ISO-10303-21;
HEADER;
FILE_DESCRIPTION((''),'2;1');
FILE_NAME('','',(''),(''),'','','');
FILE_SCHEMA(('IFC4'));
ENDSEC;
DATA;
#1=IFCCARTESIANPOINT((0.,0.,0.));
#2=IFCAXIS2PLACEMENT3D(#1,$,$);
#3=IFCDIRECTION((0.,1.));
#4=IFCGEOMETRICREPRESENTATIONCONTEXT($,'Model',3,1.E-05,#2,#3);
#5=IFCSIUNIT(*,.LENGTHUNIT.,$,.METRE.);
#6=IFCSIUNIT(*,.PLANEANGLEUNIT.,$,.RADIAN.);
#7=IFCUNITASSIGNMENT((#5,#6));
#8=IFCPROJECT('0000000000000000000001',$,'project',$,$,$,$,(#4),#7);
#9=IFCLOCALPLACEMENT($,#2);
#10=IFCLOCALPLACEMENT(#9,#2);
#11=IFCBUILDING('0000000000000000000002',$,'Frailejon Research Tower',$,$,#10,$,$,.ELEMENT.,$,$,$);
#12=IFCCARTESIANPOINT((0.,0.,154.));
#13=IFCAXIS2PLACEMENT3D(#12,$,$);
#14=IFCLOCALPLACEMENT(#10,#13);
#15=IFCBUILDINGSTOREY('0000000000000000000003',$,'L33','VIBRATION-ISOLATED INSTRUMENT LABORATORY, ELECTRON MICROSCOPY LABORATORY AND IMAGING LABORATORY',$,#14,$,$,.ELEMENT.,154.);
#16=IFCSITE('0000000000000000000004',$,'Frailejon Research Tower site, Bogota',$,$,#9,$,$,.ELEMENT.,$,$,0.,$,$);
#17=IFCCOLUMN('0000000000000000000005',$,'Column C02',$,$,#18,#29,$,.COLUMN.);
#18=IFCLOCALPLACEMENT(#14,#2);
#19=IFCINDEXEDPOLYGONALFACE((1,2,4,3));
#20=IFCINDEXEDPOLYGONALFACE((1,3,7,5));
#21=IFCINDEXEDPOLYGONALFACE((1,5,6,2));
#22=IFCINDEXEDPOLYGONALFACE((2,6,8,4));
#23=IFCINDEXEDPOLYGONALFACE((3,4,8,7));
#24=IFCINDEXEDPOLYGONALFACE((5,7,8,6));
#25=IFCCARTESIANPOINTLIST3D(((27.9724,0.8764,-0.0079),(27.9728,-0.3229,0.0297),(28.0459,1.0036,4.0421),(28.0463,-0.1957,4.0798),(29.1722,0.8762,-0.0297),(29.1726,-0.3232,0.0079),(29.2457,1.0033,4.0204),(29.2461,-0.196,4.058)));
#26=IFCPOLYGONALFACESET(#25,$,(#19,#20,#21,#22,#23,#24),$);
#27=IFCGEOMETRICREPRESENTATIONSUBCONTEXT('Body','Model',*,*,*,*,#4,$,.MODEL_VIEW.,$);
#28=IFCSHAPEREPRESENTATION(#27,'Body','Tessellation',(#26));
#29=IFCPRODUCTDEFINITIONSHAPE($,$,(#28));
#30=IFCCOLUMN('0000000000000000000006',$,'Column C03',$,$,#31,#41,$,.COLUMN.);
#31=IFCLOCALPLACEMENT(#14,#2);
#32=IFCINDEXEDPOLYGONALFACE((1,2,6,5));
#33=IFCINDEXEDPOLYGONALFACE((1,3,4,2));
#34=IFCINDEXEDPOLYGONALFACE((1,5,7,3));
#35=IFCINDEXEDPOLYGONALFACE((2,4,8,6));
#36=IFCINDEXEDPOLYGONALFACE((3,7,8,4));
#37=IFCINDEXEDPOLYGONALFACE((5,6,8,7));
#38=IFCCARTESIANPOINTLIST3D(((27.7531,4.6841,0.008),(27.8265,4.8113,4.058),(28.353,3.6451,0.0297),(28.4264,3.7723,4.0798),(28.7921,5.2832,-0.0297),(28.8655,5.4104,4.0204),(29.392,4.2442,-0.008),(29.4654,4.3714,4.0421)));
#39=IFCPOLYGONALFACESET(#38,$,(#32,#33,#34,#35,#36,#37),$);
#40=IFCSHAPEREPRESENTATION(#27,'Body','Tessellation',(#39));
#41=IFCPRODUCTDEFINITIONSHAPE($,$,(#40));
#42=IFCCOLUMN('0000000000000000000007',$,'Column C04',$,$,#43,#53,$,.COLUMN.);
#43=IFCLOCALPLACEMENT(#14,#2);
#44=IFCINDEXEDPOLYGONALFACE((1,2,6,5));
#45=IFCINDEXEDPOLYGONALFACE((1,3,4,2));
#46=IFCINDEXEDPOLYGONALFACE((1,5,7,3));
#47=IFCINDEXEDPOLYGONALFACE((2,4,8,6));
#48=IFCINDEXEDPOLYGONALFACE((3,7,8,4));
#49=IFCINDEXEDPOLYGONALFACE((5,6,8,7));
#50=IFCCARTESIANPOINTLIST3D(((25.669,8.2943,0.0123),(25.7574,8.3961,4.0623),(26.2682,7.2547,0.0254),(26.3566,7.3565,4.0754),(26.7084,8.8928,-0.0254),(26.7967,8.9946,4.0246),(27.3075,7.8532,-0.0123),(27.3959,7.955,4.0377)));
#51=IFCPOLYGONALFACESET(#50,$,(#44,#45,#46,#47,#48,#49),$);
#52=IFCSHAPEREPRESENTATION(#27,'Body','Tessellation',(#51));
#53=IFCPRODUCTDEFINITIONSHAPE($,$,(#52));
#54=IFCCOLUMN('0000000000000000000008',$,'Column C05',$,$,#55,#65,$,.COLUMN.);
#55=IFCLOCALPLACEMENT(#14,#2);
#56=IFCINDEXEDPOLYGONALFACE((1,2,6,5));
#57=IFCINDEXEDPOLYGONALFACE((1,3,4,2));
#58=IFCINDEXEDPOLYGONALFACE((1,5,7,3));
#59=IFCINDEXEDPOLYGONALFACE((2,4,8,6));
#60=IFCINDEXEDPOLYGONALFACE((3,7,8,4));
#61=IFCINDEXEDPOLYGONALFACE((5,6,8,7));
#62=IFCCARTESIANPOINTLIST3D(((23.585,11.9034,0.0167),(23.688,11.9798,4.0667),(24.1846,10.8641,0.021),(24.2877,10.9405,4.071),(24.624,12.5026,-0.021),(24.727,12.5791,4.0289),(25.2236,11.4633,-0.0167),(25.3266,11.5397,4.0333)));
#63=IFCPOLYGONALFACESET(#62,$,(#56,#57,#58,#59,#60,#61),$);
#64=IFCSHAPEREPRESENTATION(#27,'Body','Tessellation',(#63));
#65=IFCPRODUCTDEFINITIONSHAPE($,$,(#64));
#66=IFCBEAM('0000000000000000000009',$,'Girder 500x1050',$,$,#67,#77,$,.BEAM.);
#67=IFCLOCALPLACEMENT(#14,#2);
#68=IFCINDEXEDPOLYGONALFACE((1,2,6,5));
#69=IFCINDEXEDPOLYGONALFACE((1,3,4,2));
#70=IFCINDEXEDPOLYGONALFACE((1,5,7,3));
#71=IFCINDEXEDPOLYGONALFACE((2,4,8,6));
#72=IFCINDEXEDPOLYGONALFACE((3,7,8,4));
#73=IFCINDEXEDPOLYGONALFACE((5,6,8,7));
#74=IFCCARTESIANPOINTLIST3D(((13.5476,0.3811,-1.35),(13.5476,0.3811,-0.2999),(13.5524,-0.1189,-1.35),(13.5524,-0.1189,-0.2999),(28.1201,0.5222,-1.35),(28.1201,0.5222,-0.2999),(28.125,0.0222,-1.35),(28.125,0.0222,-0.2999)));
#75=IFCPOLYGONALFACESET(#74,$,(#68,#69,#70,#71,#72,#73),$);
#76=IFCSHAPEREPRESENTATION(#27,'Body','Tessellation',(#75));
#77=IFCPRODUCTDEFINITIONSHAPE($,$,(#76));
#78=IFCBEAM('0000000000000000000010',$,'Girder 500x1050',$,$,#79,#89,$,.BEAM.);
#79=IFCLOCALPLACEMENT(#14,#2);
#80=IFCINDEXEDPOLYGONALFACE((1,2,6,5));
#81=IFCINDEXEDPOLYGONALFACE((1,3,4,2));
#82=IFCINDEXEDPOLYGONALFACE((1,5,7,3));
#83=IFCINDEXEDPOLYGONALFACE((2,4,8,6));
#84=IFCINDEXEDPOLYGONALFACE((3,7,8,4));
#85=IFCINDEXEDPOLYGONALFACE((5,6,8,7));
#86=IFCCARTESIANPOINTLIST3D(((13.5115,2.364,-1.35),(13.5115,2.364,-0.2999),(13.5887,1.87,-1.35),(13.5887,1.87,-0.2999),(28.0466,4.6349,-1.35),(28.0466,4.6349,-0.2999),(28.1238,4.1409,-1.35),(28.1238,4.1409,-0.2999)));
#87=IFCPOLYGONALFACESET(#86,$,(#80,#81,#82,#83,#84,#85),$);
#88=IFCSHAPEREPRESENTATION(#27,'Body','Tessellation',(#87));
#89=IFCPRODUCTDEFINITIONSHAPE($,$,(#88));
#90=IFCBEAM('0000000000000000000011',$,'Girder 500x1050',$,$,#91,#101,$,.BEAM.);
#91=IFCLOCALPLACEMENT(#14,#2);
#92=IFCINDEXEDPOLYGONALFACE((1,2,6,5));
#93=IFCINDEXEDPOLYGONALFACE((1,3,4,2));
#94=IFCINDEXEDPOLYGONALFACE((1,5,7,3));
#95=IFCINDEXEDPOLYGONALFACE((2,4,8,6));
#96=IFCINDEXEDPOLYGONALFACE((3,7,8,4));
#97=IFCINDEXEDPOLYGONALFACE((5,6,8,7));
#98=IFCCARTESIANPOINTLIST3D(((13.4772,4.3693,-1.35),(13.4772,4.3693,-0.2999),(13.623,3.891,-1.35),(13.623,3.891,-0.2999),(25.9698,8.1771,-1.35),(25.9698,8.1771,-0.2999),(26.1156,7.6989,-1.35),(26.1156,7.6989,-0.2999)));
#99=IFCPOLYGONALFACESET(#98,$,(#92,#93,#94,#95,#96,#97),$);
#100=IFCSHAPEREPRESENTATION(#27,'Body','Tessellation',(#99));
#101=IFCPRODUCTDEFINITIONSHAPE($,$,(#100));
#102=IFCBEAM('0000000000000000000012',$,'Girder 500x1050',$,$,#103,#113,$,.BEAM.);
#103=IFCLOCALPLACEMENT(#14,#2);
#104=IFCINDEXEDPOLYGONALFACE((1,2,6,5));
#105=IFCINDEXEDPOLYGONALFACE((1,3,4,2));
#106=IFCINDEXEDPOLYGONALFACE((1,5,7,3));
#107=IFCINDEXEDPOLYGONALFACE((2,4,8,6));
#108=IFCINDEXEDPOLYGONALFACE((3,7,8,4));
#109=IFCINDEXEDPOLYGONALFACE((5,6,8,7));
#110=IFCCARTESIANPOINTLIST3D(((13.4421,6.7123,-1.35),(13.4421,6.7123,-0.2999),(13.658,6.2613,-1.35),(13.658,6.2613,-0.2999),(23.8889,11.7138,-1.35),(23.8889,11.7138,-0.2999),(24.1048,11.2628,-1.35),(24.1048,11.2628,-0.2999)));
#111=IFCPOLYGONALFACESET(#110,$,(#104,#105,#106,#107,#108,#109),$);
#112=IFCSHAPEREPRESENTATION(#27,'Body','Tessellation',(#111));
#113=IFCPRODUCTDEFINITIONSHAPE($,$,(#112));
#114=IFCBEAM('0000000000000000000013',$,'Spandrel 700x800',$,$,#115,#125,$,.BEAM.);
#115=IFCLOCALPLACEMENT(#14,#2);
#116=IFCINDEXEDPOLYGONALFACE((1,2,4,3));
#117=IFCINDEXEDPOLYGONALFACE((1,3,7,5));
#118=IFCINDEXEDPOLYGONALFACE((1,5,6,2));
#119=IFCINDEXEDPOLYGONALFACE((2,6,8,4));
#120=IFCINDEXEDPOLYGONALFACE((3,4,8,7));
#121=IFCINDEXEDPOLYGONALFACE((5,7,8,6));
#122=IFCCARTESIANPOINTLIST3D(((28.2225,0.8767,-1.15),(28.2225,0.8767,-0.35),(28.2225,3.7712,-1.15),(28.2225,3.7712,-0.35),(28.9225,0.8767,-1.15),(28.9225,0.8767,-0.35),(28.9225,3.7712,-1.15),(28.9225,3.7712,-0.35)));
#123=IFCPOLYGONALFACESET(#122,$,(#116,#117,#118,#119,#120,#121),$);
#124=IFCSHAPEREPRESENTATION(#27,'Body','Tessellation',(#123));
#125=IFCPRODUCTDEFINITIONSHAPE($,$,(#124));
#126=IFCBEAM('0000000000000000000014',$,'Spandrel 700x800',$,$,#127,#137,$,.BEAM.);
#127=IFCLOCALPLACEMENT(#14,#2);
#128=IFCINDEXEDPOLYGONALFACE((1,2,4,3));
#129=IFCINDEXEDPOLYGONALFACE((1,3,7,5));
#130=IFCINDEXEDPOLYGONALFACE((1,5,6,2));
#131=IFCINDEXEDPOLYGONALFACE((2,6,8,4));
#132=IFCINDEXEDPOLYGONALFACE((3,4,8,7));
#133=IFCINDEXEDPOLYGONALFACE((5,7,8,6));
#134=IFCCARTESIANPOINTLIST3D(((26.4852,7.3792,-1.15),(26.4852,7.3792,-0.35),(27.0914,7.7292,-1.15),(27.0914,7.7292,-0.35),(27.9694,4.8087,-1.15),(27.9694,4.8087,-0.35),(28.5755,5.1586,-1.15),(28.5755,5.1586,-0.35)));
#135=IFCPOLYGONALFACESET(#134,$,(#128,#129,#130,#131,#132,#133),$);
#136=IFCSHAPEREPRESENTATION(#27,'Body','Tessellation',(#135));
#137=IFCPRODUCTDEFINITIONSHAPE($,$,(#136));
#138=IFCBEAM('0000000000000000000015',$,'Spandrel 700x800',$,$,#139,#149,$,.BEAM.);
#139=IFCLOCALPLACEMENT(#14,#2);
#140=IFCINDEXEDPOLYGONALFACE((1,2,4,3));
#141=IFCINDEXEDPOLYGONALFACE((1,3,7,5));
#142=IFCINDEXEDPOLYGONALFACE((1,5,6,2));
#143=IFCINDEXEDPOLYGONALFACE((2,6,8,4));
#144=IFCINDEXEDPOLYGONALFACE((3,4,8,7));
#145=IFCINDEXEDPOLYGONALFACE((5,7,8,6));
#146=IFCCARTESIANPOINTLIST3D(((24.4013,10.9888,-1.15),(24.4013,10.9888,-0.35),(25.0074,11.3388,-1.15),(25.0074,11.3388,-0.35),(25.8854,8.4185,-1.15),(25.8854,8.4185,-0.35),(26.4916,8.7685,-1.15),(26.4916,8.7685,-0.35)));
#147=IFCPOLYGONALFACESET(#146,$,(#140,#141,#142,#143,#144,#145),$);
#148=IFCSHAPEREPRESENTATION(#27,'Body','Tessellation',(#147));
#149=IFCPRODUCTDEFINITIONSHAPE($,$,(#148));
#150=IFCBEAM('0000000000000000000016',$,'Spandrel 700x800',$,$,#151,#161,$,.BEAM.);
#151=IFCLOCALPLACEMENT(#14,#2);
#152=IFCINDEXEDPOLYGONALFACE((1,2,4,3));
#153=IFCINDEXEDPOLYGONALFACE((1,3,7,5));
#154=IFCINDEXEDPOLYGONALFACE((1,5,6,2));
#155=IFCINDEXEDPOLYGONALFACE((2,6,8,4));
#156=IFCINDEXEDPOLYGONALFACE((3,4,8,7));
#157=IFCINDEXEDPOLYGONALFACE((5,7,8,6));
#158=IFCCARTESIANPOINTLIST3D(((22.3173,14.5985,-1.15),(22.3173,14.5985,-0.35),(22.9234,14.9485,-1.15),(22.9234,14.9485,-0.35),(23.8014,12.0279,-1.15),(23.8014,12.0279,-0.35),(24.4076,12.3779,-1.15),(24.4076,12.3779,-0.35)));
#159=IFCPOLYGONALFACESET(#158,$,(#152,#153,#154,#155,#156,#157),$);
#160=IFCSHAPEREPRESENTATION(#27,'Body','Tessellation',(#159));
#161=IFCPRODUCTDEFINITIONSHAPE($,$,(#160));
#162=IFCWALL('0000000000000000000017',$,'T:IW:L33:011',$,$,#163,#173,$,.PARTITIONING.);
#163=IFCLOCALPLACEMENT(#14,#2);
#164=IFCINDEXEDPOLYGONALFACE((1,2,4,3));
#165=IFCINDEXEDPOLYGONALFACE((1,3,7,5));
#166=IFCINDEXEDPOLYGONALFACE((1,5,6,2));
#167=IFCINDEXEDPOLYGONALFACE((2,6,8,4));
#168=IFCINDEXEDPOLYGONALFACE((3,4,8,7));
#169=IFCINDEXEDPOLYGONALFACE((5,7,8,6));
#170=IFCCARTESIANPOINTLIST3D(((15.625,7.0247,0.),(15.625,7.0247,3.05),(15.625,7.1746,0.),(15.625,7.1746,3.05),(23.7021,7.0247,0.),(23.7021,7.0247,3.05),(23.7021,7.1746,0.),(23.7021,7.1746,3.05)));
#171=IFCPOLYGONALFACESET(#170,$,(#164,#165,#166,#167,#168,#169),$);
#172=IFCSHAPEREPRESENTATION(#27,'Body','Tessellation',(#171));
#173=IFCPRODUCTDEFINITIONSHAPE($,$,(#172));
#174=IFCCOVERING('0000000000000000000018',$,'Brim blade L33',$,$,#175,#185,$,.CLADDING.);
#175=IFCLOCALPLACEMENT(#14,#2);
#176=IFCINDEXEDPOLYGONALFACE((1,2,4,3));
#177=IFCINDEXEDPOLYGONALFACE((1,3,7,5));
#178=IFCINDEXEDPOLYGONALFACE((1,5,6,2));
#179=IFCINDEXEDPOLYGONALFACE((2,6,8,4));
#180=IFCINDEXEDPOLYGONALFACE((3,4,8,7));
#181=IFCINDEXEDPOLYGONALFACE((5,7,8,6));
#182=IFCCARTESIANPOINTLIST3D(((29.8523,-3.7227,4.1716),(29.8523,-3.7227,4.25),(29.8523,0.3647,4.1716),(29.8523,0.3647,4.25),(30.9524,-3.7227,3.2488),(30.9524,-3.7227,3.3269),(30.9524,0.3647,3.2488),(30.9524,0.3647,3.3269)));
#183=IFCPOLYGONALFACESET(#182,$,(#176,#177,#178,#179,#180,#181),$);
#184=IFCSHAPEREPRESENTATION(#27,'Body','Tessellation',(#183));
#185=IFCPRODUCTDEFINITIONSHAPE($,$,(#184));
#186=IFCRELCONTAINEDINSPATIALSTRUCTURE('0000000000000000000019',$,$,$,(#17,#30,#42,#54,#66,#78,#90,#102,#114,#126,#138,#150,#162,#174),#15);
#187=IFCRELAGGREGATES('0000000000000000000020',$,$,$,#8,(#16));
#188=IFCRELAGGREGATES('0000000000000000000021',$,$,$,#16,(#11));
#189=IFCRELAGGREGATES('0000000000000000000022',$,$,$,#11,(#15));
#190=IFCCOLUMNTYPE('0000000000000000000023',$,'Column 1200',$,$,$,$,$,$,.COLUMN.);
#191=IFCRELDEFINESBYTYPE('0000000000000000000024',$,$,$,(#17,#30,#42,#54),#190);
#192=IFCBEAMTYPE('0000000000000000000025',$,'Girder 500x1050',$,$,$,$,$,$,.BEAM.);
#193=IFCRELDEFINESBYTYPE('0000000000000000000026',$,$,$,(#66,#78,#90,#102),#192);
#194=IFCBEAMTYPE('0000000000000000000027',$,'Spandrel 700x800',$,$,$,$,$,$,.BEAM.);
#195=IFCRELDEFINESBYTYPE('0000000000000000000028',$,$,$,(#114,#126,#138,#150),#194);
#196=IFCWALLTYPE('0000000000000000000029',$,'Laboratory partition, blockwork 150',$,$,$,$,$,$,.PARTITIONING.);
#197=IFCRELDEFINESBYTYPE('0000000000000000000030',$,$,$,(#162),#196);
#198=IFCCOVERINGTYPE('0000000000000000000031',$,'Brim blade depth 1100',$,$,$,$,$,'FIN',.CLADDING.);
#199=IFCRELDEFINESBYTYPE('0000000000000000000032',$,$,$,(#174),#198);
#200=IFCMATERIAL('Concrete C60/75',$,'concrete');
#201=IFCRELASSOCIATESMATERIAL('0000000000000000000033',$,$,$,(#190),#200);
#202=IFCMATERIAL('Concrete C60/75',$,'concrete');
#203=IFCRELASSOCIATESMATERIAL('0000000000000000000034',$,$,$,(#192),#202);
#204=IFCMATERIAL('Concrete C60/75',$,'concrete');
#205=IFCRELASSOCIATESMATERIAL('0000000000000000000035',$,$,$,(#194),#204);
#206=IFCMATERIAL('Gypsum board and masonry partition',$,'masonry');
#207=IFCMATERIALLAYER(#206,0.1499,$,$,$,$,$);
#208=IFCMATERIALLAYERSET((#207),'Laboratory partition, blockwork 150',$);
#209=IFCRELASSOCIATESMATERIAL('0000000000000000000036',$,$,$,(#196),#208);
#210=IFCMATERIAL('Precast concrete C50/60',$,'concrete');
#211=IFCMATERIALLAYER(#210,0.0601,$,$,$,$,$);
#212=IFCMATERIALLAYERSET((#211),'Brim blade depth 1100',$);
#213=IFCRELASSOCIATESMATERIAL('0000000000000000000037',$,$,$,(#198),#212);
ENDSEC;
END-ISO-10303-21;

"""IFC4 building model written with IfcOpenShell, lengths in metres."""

from ifc_helpers import new_model, si_unit, direction, frame, frame_2d, origin, origin_2d, place, context, subcontext, project, spatial, polyline, rectangle, outline, extrude, material, layer, layer_set, material_profile, profile_set, type_object, element, save


model = new_model("IFC4")

# Units and contexts
model_context = context("Model", 3, precision=1e-05, world=origin(), true_north=direction((0.0, 1.0)))
body_context = subcontext(model_context, "Body", "Model", "MODEL_VIEW")
ifc_project = project(units=[si_unit("LENGTHUNIT", "METRE"), si_unit("PLANEANGLEUNIT", "RADIAN")], contexts=[model_context])

# Site, building, storey
site_placement = place(None, origin())
site = spatial("IfcSite", under=ifc_project, at=site_placement, Name="Frailejon Research Tower site, Bogota", CompositionType="ELEMENT", RefElevation=0.0)
building_placement = place(site_placement, origin())
building = spatial("IfcBuilding", under=site, at=building_placement, Name="Frailejon Research Tower", CompositionType="ELEMENT")
storey_placement = place(building_placement, frame((0.0, 0.0, 154.0)))
storey = spatial("IfcBuildingStorey", under=building, at=storey_placement, Name="L33", Description="VIBRATION-ISOLATED INSTRUMENT LABORATORY, ELECTRON MICROSCOPY LABORATORY AND IMAGING LABORATORY", CompositionType="ELEMENT", Elevation=154.0)

# Columns
ifc_material_1 = material(Name="Concrete C60/75", Category="concrete")
ifc_material_profile_1 = material_profile(ifc_material_1, rectangle(XDim=1.2, YDim=1.2, at=origin_2d()), Name="Column 1200")
ifc_profile_set_1 = profile_set([ifc_material_profile_1], Name="Concrete C60/75")
column_type = type_object("IfcColumnType", Name="Column 1200", PredefinedType="COLUMN", material=ifc_profile_set_1)
for number, where, z_axis, x_axis, name in (
    (1, (28.5725, 0.2766, 0.0), (0.018133, 0.031386, 0.999343), (-0.000336, 0.999507, -0.031385), "Column C02"),
    (2, (28.5725, 4.4641, 0.0), (0.018133, 0.031386, 0.999343), (-0.499939, 0.865871, -0.018123), "Column C03"),
):
    element("IfcColumn", number, at=place(storey_placement, frame(where, z_axis=z_axis, x_axis=x_axis)), inside=storey, type_object=column_type, Name=name, PredefinedType="COLUMN", context=body_context, shape_type="SweptSolid", body=[
        extrude(rectangle(XDim=1.2, YDim=1.2, at=origin_2d()), origin(), (0.0, 0.0, 1.0), 4.0527),
    ])
column_1_placement = place(storey_placement, frame((26.4883, 8.0737, 0.0), z_axis=(0.02181, 0.025123, 0.999446), x_axis=(-0.499317, 0.866351, -0.010882)))
element("IfcColumn", 3, at=column_1_placement, inside=storey, type_object=column_type, Name="Column C04", PredefinedType="COLUMN", context=body_context, shape_type="SweptSolid", body=[
    extrude(rectangle(XDim=1.2, YDim=1.2, at=origin_2d()), origin(), (0.0, 0.0, 1.0), 4.0522),
])
column_2_placement = place(storey_placement, frame((24.4043, 11.6833, 0.0), z_axis=(0.025426, 0.018858, 0.999499), x_axis=(-0.49971, 0.866185, -0.003631)))
element("IfcColumn", 4, at=column_2_placement, inside=storey, type_object=column_type, Name="Column C05", PredefinedType="COLUMN", context=body_context, shape_type="SweptSolid", body=[
    extrude(rectangle(XDim=1.2, YDim=1.2, at=origin_2d()), origin(), (0.0, 0.0, 1.0), 4.052),
])

# Beams
ifc_material_2 = material(Name="Concrete C60/75", Category="concrete")
ifc_material_profile_2 = material_profile(ifc_material_2, rectangle(XDim=0.5, YDim=1.05, at=origin_2d()), Name="Girder 500x1050")
ifc_profile_set_2 = profile_set([ifc_material_profile_2], Name="Concrete C60/75")
beam_type_1 = type_object("IfcBeamType", Name="Girder 500x1050", PredefinedType="BEAM", material=ifc_profile_set_2)
beam_1_placement = place(storey_placement, frame((28.1226, 0.2722, -0.825), z_axis=(-0.999953, -0.009683, 0.0), x_axis=(0.009683, -0.999953, 0.0)))
element("IfcBeam", 5, at=beam_1_placement, inside=storey, type_object=beam_type_1, Name="Girder 500x1050", PredefinedType="BEAM", context=body_context, shape_type="SweptSolid", body=[
    extrude(rectangle(XDim=0.5, YDim=1.05, at=origin_2d()), origin(), (0.0, 0.0, 1.0), 14.5732),
])
beam_2_placement = place(storey_placement, frame((28.0852, 4.3879, -0.825), z_axis=(-0.988013, -0.154369, 0.0), x_axis=(0.154369, -0.988013, 0.0)))
element("IfcBeam", 6, at=beam_2_placement, inside=storey, type_object=beam_type_1, Name="Girder 500x1050", PredefinedType="BEAM", context=body_context, shape_type="SweptSolid", body=[
    extrude(rectangle(XDim=0.5, YDim=1.05, at=origin_2d()), origin(), (0.0, 0.0, 1.0), 14.7114),
])
beam_3_placement = place(storey_placement, frame((26.0427, 7.938, -0.825), z_axis=(-0.956551, -0.291564, 0.0), x_axis=(0.291564, -0.956551, 0.0)))
element("IfcBeam", 7, at=beam_3_placement, inside=storey, type_object=beam_type_1, Name="Girder 500x1050", PredefinedType="BEAM", context=body_context, shape_type="SweptSolid", body=[
    extrude(rectangle(XDim=0.5, YDim=1.05, at=origin_2d()), origin(), (0.0, 0.0, 1.0), 13.0601),
])
beam_4_placement = place(storey_placement, frame((23.9968, 11.4883, -0.825), z_axis=(-0.90196, -0.431819, 0.0), x_axis=(0.431819, -0.90196, 0.0)))
element("IfcBeam", 8, at=beam_4_placement, inside=storey, type_object=beam_type_1, Name="Girder 500x1050", PredefinedType="BEAM", context=body_context, shape_type="SweptSolid", body=[
    extrude(rectangle(XDim=0.5, YDim=1.05, at=origin_2d()), origin(), (0.0, 0.0, 1.0), 11.5823),
])
ifc_material_3 = material(Name="Concrete C60/75", Category="concrete")
ifc_material_profile_3 = material_profile(ifc_material_3, rectangle(XDim=0.7, YDim=0.8, at=origin_2d()), Name="Spandrel 700x800")
ifc_profile_set_3 = profile_set([ifc_material_profile_3], Name="Concrete C60/75")
beam_type_2 = type_object("IfcBeamType", Name="Spandrel 700x800", PredefinedType="BEAM", material=ifc_profile_set_3)
beam_5_placement = place(storey_placement, frame((28.5725, 0.8767, -0.75), z_axis=(0.0, 1.0, 0.0), x_axis=(-1.0, 0.0, 0.0)))
element("IfcBeam", 9, at=beam_5_placement, inside=storey, type_object=beam_type_2, Name="Spandrel 700x800", PredefinedType="BEAM", context=body_context, shape_type="SweptSolid", body=[
    extrude(rectangle(XDim=0.7, YDim=0.8, at=origin_2d()), origin(), (0.0, 0.0, 1.0), 2.8945),
])
beam_6_placement = place(storey_placement, frame((28.2725, 4.9836, -0.75), z_axis=(-0.500005, 0.866023, 0.0), x_axis=(-0.866023, -0.500005, 0.0)))
element("IfcBeam", 10, at=beam_6_placement, inside=storey, type_object=beam_type_2, Name="Spandrel 700x800", PredefinedType="BEAM", context=body_context, shape_type="SweptSolid", body=[
    extrude(rectangle(XDim=0.7, YDim=0.8, at=origin_2d()), origin(), (0.0, 0.0, 1.0), 2.9683),
])
beam_7_placement = place(storey_placement, frame((26.1885, 8.5935, -0.75), z_axis=(-0.50004, 0.866002, 0.0), x_axis=(-0.866002, -0.50004, 0.0)))
element("IfcBeam", 11, at=beam_7_placement, inside=storey, type_object=beam_type_2, Name="Spandrel 700x800", PredefinedType="BEAM", context=body_context, shape_type="SweptSolid", body=[
    extrude(rectangle(XDim=0.7, YDim=0.8, at=origin_2d()), origin(), (0.0, 0.0, 1.0), 2.968),
])
beam_8_placement = place(storey_placement, frame((24.1045, 12.2029, -0.75), z_axis=(-0.500005, 0.866023, 0.0), x_axis=(-0.866023, -0.500005, 0.0)))
element("IfcBeam", 12, at=beam_8_placement, inside=storey, type_object=beam_type_2, Name="Spandrel 700x800", PredefinedType="BEAM", context=body_context, shape_type="SweptSolid", body=[
    extrude(rectangle(XDim=0.7, YDim=0.8, at=origin_2d()), origin(), (0.0, 0.0, 1.0), 2.9683),
])

# Wall
ifc_material_4 = material(Name="Gypsum board and masonry partition", Category="masonry")
ifc_layer_1 = layer(ifc_material_4, 0.1499)
ifc_layer_set_1 = layer_set([ifc_layer_1], Name="Laboratory partition, blockwork 150")
wall_type_1 = type_object("IfcWallType", Name="Laboratory partition, blockwork 150", PredefinedType="PARTITIONING", material=ifc_layer_set_1)
wall_1_placement = place(storey_placement, frame((15.625, 7.0996, 0.0), z_axis=(0.0, 0.0, 1.0), x_axis=(1.0, 0.0, 0.0)))
element("IfcWall", 13, at=wall_1_placement, inside=storey, type_object=wall_type_1, Name="T:IW:L33:011", PredefinedType="PARTITIONING", context=body_context, shape_type="SweptSolid", body=[
    extrude(rectangle(XDim=8.0771, YDim=0.1499, at=frame_2d((4.0386, 0.0))), origin(), (0.0, 0.0, 1.0), 3.05),
])

# Covering
ifc_material_5 = material(Name="Precast concrete C50/60", Category="concrete")
ifc_layer_2 = layer(ifc_material_5, 0.0601)
ifc_layer_set_2 = layer_set([ifc_layer_2], Name="Brim blade depth 1100")
covering_type = type_object("IfcCoveringType", Name="Brim blade depth 1100", ElementType="FIN", PredefinedType="CLADDING", material=ifc_layer_set_2)
covering_1_placement = place(storey_placement, frame((29.8523, 0.3647, 4.25), z_axis=(0.0, -1.0, 0.0), x_axis=(1.0, 0.0, 0.0)))
element("IfcCovering", 14, at=covering_1_placement, inside=storey, type_object=covering_type, Name="Brim blade L33", PredefinedType="CLADDING", context=body_context, shape_type="SweptSolid", body=[
    extrude(outline(polyline([(0.0, -0.0784), (1.1001, -1.0012), (1.1001, -0.9231), (0.0, 0.0), (0.0, -0.0784)])), origin(), (0.0, 0.0, 1.0), 4.0874),
])

save(model, "model.ifc")
